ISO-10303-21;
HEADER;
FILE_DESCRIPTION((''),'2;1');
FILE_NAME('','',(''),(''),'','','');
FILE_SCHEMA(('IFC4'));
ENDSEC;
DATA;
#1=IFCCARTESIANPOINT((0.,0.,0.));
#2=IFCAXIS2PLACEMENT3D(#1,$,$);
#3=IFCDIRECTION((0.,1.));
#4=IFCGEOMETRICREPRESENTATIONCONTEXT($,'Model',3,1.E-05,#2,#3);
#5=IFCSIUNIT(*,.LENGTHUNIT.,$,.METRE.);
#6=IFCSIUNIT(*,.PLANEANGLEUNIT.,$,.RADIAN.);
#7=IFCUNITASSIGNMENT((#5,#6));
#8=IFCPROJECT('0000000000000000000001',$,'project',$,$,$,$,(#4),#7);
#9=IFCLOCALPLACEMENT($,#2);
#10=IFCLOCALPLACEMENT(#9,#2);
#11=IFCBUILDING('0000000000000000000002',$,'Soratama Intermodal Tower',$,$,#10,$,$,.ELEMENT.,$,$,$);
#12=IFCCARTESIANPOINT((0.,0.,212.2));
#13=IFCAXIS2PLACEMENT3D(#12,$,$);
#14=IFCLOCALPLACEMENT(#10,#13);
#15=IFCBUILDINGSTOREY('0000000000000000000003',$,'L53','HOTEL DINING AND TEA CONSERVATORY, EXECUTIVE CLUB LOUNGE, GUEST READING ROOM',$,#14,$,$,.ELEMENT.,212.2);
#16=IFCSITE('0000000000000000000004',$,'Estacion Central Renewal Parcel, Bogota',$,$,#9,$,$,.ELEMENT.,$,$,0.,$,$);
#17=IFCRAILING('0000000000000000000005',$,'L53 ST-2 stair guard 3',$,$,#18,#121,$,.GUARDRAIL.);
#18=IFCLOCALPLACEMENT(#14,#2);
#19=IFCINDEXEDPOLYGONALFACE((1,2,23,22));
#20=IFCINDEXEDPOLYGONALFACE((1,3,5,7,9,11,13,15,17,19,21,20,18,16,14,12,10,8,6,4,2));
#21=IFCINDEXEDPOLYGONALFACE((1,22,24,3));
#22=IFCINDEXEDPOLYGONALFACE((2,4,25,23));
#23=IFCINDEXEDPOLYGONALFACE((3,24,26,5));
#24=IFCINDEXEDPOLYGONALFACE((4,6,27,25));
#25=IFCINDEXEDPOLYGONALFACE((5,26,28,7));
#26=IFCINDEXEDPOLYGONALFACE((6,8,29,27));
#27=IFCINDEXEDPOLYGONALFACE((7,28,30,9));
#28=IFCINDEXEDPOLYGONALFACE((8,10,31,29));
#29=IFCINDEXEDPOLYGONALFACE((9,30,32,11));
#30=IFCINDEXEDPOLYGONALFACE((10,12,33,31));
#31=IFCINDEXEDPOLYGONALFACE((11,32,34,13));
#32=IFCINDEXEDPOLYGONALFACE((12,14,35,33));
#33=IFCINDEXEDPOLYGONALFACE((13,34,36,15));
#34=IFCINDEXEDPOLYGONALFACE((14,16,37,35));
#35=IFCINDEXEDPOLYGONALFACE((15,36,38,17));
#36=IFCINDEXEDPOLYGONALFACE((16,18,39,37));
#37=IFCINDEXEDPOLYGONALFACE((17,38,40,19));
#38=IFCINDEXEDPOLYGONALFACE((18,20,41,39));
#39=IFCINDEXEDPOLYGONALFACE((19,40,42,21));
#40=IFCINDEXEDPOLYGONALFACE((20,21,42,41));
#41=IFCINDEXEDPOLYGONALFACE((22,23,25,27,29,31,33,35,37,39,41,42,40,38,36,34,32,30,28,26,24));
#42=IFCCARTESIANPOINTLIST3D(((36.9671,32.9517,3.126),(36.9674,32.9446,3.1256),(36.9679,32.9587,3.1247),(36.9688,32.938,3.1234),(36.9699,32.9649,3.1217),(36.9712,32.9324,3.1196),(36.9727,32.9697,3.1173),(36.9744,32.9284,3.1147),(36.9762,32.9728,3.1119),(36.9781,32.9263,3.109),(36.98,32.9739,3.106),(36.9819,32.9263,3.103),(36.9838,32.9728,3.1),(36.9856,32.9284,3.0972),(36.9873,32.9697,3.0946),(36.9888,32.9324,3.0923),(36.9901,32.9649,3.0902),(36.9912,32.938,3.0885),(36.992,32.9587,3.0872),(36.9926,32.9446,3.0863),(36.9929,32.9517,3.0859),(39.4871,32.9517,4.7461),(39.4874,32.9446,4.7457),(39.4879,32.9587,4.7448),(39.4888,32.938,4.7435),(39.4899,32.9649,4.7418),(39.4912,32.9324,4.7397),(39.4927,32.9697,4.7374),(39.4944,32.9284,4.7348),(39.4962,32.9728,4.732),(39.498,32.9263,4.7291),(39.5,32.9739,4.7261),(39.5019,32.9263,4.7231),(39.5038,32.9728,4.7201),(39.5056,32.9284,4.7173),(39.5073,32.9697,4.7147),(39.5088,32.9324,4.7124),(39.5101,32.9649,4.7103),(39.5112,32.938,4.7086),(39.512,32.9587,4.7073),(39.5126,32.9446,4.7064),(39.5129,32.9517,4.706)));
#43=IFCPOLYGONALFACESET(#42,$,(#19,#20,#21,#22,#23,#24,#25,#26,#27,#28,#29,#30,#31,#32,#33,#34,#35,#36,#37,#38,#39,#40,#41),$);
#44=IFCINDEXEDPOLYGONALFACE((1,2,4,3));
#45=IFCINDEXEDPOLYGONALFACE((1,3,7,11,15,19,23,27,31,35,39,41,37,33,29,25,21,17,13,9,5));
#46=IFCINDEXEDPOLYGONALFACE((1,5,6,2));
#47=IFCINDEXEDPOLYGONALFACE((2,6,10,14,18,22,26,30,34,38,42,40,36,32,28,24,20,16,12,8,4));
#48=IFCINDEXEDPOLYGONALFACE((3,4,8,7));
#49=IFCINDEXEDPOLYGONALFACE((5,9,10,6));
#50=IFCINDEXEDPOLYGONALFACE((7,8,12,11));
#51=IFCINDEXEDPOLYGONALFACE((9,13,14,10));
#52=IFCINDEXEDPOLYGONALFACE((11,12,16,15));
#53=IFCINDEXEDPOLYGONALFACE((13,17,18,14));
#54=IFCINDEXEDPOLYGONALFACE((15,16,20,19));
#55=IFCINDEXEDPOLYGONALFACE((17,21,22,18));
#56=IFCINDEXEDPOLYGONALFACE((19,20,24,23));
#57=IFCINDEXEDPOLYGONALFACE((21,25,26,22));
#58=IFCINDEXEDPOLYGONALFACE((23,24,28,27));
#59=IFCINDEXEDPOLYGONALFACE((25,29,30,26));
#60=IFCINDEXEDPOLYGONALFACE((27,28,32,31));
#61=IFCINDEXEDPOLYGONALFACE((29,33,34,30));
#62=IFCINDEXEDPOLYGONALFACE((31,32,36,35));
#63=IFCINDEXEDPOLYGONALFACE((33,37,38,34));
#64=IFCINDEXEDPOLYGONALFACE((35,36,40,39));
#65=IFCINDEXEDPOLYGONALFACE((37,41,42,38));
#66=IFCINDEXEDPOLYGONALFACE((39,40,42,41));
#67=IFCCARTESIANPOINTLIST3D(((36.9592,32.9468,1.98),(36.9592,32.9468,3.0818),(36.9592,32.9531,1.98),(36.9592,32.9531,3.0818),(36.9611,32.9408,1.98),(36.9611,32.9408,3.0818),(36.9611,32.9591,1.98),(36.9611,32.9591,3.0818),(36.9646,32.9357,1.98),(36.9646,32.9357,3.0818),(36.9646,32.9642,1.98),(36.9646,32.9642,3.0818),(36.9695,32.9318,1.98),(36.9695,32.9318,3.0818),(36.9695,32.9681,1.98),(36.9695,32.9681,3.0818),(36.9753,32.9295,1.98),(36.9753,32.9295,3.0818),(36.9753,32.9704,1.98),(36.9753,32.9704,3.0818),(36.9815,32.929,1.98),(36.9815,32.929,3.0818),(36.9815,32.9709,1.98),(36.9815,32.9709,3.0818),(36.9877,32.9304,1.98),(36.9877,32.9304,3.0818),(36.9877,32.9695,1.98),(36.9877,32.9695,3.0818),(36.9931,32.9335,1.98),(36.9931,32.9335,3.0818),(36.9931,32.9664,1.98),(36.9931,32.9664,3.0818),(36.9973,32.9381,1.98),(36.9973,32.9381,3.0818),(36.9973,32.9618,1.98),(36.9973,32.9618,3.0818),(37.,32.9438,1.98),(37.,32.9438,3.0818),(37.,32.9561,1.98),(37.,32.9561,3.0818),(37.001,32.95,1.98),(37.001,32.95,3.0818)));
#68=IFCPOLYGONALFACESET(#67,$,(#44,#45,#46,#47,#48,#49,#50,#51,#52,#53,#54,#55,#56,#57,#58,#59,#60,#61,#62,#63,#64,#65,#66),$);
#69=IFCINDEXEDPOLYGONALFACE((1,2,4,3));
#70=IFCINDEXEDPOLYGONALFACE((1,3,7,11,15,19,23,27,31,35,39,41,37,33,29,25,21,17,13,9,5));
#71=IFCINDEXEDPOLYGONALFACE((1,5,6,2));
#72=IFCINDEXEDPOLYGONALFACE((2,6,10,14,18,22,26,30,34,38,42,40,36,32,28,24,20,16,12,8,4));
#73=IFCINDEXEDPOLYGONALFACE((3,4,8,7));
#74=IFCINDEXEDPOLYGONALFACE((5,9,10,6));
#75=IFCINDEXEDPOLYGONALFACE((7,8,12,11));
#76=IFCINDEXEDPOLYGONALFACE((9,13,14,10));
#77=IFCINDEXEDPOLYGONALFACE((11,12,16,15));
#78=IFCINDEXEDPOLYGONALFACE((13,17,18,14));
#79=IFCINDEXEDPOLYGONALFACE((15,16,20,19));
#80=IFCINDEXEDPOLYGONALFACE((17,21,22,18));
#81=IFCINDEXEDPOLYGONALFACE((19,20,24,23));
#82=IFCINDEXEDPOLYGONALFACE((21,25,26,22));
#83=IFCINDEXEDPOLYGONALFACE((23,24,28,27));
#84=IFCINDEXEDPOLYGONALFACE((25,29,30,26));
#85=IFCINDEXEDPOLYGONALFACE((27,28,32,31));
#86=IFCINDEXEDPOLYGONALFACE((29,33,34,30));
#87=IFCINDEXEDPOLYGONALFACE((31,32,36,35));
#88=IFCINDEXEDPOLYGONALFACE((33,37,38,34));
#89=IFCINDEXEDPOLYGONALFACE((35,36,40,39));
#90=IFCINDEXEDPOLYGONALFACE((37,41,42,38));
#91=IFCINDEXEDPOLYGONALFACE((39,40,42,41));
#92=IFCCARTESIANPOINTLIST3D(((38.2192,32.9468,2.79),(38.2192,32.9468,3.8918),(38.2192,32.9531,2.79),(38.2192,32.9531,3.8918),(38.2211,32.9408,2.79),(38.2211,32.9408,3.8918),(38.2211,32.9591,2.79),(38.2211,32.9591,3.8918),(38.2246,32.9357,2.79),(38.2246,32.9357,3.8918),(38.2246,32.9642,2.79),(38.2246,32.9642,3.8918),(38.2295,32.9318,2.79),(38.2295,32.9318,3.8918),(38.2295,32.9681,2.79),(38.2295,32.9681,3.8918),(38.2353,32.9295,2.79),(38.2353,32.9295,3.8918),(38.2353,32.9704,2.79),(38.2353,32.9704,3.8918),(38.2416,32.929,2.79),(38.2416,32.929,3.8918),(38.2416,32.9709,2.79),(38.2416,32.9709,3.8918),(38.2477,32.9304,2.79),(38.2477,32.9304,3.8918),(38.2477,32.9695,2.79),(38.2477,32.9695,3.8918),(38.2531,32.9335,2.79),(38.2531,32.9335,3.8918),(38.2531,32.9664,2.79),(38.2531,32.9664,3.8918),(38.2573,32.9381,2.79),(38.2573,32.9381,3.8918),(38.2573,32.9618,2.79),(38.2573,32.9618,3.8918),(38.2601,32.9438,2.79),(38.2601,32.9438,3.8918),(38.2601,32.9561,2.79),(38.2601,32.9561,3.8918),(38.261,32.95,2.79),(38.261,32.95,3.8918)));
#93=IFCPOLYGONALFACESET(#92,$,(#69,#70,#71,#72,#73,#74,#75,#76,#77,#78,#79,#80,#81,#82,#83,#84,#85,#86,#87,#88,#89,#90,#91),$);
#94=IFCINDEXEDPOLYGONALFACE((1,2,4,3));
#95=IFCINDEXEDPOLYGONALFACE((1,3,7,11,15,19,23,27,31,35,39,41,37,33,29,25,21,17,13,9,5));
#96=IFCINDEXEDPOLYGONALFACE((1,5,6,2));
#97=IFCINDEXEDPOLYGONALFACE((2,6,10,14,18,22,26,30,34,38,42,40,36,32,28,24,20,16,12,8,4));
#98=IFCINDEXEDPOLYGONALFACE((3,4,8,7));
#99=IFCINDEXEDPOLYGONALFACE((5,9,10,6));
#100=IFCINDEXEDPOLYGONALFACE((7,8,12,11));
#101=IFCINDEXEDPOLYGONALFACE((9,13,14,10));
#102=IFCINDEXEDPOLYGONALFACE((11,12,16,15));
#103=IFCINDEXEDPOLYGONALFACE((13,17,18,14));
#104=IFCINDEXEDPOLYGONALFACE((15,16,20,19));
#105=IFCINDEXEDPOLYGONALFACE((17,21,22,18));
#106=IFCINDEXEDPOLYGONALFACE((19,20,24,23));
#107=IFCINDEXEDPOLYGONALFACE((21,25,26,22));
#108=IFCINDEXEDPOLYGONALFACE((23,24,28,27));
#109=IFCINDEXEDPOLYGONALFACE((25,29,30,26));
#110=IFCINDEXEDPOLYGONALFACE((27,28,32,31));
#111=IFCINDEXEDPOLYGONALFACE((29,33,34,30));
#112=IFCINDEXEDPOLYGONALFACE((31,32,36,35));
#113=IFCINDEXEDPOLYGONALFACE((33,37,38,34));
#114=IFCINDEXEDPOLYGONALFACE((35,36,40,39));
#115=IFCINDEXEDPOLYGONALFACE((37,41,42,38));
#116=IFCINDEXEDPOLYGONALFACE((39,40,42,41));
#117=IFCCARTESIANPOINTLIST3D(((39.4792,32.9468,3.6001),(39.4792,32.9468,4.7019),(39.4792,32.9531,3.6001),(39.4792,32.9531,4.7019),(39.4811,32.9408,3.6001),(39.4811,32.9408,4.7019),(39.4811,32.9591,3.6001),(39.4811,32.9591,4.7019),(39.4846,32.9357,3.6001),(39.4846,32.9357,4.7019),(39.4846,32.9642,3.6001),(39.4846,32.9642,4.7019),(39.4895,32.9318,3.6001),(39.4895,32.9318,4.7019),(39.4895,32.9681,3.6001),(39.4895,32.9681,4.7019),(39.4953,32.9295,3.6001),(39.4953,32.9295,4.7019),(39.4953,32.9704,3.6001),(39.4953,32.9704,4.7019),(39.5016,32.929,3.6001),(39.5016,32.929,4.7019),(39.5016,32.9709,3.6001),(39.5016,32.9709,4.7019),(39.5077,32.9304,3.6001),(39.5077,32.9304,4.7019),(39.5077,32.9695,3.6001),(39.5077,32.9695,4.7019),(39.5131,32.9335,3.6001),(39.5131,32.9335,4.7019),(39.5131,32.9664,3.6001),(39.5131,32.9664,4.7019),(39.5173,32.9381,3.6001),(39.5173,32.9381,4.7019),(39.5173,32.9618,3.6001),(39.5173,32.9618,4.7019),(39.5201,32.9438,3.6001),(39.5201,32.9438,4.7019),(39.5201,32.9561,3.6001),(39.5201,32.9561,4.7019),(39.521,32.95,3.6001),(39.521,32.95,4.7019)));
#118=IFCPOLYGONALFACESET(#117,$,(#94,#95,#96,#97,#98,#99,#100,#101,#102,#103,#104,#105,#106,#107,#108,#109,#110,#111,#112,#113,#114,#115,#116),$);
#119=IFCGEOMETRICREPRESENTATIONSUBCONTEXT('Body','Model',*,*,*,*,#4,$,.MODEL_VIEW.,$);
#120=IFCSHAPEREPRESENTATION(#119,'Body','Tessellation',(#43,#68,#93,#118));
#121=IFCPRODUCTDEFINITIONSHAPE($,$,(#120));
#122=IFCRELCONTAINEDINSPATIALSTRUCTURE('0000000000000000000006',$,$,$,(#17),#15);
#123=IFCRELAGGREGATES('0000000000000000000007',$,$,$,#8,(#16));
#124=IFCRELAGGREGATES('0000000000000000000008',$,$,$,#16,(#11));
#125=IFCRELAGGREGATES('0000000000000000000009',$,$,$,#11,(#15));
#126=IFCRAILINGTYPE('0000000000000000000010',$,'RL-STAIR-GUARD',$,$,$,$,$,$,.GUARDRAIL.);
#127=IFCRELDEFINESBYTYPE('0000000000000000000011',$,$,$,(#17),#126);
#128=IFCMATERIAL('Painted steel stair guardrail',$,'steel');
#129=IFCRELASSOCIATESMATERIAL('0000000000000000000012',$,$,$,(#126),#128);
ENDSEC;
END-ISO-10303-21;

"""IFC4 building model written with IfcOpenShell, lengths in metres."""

from ifc_helpers import new_model, si_unit, direction, frame, origin, origin_2d, place, context, subcontext, project, spatial, circle, extrude, material, type_object, element, save


model = new_model("IFC4")

# Units and contexts
model_context = context("Model", 3, precision=1e-05, world=origin(), true_north=direction((0.0, 1.0)))
body_context = subcontext(model_context, "Body", "Model", "MODEL_VIEW")
ifc_project = project(units=[si_unit("LENGTHUNIT", "METRE"), si_unit("PLANEANGLEUNIT", "RADIAN")], contexts=[model_context])

# Site, building, storey
site_placement = place(None, origin())
site = spatial("IfcSite", under=ifc_project, at=site_placement, Name="Estacion Central Renewal Parcel, Bogota", CompositionType="ELEMENT", RefElevation=0.0)
building_placement = place(site_placement, origin())
building = spatial("IfcBuilding", under=site, at=building_placement, Name="Soratama Intermodal Tower", CompositionType="ELEMENT")
storey_placement = place(building_placement, frame((0.0, 0.0, 212.2)))
storey = spatial("IfcBuildingStorey", under=building, at=storey_placement, Name="L53", Description="HOTEL DINING AND TEA CONSERVATORY, EXECUTIVE CLUB LOUNGE, GUEST READING ROOM", CompositionType="ELEMENT", Elevation=212.2)

# Railing
ifc_material_1 = material(Name="Painted steel stair guardrail", Category="steel")
railing_type_1 = type_object("IfcRailingType", Name="RL-STAIR-GUARD", PredefinedType="GUARDRAIL", material=ifc_material_1)
railing_1_placement = place(storey_placement, frame((36.98, 32.95, 1.98)))
element("IfcRailing", 1, at=railing_1_placement, inside=storey, type_object=railing_type_1, Name="L53 ST-2 stair guard 3", PredefinedType="GUARDRAIL", context=body_context, shape_type="SweptSolid", body=[
    extrude(circle(Radius=0.0239, at=origin_2d()), frame((0.0, 0.0, 1.126), z_axis=(0.841163, 0.0, 0.540782), x_axis=(0.0, 1.0, 0.0)), (0.0, 0.0, 1.0), 2.9958),
    extrude(circle(Radius=0.021, at=origin_2d()), origin(), (0.0, 0.0, 1.0), 1.1018),
    extrude(circle(Radius=0.021, at=origin_2d()), frame((1.26, 0.0, 0.8101)), (0.0, 0.0, 1.0), 1.1018),
    extrude(circle(Radius=0.021, at=origin_2d()), frame((2.52, 0.0, 1.6201)), (0.0, 0.0, 1.0), 1.1018),
])

save(model, "model.ifc")
